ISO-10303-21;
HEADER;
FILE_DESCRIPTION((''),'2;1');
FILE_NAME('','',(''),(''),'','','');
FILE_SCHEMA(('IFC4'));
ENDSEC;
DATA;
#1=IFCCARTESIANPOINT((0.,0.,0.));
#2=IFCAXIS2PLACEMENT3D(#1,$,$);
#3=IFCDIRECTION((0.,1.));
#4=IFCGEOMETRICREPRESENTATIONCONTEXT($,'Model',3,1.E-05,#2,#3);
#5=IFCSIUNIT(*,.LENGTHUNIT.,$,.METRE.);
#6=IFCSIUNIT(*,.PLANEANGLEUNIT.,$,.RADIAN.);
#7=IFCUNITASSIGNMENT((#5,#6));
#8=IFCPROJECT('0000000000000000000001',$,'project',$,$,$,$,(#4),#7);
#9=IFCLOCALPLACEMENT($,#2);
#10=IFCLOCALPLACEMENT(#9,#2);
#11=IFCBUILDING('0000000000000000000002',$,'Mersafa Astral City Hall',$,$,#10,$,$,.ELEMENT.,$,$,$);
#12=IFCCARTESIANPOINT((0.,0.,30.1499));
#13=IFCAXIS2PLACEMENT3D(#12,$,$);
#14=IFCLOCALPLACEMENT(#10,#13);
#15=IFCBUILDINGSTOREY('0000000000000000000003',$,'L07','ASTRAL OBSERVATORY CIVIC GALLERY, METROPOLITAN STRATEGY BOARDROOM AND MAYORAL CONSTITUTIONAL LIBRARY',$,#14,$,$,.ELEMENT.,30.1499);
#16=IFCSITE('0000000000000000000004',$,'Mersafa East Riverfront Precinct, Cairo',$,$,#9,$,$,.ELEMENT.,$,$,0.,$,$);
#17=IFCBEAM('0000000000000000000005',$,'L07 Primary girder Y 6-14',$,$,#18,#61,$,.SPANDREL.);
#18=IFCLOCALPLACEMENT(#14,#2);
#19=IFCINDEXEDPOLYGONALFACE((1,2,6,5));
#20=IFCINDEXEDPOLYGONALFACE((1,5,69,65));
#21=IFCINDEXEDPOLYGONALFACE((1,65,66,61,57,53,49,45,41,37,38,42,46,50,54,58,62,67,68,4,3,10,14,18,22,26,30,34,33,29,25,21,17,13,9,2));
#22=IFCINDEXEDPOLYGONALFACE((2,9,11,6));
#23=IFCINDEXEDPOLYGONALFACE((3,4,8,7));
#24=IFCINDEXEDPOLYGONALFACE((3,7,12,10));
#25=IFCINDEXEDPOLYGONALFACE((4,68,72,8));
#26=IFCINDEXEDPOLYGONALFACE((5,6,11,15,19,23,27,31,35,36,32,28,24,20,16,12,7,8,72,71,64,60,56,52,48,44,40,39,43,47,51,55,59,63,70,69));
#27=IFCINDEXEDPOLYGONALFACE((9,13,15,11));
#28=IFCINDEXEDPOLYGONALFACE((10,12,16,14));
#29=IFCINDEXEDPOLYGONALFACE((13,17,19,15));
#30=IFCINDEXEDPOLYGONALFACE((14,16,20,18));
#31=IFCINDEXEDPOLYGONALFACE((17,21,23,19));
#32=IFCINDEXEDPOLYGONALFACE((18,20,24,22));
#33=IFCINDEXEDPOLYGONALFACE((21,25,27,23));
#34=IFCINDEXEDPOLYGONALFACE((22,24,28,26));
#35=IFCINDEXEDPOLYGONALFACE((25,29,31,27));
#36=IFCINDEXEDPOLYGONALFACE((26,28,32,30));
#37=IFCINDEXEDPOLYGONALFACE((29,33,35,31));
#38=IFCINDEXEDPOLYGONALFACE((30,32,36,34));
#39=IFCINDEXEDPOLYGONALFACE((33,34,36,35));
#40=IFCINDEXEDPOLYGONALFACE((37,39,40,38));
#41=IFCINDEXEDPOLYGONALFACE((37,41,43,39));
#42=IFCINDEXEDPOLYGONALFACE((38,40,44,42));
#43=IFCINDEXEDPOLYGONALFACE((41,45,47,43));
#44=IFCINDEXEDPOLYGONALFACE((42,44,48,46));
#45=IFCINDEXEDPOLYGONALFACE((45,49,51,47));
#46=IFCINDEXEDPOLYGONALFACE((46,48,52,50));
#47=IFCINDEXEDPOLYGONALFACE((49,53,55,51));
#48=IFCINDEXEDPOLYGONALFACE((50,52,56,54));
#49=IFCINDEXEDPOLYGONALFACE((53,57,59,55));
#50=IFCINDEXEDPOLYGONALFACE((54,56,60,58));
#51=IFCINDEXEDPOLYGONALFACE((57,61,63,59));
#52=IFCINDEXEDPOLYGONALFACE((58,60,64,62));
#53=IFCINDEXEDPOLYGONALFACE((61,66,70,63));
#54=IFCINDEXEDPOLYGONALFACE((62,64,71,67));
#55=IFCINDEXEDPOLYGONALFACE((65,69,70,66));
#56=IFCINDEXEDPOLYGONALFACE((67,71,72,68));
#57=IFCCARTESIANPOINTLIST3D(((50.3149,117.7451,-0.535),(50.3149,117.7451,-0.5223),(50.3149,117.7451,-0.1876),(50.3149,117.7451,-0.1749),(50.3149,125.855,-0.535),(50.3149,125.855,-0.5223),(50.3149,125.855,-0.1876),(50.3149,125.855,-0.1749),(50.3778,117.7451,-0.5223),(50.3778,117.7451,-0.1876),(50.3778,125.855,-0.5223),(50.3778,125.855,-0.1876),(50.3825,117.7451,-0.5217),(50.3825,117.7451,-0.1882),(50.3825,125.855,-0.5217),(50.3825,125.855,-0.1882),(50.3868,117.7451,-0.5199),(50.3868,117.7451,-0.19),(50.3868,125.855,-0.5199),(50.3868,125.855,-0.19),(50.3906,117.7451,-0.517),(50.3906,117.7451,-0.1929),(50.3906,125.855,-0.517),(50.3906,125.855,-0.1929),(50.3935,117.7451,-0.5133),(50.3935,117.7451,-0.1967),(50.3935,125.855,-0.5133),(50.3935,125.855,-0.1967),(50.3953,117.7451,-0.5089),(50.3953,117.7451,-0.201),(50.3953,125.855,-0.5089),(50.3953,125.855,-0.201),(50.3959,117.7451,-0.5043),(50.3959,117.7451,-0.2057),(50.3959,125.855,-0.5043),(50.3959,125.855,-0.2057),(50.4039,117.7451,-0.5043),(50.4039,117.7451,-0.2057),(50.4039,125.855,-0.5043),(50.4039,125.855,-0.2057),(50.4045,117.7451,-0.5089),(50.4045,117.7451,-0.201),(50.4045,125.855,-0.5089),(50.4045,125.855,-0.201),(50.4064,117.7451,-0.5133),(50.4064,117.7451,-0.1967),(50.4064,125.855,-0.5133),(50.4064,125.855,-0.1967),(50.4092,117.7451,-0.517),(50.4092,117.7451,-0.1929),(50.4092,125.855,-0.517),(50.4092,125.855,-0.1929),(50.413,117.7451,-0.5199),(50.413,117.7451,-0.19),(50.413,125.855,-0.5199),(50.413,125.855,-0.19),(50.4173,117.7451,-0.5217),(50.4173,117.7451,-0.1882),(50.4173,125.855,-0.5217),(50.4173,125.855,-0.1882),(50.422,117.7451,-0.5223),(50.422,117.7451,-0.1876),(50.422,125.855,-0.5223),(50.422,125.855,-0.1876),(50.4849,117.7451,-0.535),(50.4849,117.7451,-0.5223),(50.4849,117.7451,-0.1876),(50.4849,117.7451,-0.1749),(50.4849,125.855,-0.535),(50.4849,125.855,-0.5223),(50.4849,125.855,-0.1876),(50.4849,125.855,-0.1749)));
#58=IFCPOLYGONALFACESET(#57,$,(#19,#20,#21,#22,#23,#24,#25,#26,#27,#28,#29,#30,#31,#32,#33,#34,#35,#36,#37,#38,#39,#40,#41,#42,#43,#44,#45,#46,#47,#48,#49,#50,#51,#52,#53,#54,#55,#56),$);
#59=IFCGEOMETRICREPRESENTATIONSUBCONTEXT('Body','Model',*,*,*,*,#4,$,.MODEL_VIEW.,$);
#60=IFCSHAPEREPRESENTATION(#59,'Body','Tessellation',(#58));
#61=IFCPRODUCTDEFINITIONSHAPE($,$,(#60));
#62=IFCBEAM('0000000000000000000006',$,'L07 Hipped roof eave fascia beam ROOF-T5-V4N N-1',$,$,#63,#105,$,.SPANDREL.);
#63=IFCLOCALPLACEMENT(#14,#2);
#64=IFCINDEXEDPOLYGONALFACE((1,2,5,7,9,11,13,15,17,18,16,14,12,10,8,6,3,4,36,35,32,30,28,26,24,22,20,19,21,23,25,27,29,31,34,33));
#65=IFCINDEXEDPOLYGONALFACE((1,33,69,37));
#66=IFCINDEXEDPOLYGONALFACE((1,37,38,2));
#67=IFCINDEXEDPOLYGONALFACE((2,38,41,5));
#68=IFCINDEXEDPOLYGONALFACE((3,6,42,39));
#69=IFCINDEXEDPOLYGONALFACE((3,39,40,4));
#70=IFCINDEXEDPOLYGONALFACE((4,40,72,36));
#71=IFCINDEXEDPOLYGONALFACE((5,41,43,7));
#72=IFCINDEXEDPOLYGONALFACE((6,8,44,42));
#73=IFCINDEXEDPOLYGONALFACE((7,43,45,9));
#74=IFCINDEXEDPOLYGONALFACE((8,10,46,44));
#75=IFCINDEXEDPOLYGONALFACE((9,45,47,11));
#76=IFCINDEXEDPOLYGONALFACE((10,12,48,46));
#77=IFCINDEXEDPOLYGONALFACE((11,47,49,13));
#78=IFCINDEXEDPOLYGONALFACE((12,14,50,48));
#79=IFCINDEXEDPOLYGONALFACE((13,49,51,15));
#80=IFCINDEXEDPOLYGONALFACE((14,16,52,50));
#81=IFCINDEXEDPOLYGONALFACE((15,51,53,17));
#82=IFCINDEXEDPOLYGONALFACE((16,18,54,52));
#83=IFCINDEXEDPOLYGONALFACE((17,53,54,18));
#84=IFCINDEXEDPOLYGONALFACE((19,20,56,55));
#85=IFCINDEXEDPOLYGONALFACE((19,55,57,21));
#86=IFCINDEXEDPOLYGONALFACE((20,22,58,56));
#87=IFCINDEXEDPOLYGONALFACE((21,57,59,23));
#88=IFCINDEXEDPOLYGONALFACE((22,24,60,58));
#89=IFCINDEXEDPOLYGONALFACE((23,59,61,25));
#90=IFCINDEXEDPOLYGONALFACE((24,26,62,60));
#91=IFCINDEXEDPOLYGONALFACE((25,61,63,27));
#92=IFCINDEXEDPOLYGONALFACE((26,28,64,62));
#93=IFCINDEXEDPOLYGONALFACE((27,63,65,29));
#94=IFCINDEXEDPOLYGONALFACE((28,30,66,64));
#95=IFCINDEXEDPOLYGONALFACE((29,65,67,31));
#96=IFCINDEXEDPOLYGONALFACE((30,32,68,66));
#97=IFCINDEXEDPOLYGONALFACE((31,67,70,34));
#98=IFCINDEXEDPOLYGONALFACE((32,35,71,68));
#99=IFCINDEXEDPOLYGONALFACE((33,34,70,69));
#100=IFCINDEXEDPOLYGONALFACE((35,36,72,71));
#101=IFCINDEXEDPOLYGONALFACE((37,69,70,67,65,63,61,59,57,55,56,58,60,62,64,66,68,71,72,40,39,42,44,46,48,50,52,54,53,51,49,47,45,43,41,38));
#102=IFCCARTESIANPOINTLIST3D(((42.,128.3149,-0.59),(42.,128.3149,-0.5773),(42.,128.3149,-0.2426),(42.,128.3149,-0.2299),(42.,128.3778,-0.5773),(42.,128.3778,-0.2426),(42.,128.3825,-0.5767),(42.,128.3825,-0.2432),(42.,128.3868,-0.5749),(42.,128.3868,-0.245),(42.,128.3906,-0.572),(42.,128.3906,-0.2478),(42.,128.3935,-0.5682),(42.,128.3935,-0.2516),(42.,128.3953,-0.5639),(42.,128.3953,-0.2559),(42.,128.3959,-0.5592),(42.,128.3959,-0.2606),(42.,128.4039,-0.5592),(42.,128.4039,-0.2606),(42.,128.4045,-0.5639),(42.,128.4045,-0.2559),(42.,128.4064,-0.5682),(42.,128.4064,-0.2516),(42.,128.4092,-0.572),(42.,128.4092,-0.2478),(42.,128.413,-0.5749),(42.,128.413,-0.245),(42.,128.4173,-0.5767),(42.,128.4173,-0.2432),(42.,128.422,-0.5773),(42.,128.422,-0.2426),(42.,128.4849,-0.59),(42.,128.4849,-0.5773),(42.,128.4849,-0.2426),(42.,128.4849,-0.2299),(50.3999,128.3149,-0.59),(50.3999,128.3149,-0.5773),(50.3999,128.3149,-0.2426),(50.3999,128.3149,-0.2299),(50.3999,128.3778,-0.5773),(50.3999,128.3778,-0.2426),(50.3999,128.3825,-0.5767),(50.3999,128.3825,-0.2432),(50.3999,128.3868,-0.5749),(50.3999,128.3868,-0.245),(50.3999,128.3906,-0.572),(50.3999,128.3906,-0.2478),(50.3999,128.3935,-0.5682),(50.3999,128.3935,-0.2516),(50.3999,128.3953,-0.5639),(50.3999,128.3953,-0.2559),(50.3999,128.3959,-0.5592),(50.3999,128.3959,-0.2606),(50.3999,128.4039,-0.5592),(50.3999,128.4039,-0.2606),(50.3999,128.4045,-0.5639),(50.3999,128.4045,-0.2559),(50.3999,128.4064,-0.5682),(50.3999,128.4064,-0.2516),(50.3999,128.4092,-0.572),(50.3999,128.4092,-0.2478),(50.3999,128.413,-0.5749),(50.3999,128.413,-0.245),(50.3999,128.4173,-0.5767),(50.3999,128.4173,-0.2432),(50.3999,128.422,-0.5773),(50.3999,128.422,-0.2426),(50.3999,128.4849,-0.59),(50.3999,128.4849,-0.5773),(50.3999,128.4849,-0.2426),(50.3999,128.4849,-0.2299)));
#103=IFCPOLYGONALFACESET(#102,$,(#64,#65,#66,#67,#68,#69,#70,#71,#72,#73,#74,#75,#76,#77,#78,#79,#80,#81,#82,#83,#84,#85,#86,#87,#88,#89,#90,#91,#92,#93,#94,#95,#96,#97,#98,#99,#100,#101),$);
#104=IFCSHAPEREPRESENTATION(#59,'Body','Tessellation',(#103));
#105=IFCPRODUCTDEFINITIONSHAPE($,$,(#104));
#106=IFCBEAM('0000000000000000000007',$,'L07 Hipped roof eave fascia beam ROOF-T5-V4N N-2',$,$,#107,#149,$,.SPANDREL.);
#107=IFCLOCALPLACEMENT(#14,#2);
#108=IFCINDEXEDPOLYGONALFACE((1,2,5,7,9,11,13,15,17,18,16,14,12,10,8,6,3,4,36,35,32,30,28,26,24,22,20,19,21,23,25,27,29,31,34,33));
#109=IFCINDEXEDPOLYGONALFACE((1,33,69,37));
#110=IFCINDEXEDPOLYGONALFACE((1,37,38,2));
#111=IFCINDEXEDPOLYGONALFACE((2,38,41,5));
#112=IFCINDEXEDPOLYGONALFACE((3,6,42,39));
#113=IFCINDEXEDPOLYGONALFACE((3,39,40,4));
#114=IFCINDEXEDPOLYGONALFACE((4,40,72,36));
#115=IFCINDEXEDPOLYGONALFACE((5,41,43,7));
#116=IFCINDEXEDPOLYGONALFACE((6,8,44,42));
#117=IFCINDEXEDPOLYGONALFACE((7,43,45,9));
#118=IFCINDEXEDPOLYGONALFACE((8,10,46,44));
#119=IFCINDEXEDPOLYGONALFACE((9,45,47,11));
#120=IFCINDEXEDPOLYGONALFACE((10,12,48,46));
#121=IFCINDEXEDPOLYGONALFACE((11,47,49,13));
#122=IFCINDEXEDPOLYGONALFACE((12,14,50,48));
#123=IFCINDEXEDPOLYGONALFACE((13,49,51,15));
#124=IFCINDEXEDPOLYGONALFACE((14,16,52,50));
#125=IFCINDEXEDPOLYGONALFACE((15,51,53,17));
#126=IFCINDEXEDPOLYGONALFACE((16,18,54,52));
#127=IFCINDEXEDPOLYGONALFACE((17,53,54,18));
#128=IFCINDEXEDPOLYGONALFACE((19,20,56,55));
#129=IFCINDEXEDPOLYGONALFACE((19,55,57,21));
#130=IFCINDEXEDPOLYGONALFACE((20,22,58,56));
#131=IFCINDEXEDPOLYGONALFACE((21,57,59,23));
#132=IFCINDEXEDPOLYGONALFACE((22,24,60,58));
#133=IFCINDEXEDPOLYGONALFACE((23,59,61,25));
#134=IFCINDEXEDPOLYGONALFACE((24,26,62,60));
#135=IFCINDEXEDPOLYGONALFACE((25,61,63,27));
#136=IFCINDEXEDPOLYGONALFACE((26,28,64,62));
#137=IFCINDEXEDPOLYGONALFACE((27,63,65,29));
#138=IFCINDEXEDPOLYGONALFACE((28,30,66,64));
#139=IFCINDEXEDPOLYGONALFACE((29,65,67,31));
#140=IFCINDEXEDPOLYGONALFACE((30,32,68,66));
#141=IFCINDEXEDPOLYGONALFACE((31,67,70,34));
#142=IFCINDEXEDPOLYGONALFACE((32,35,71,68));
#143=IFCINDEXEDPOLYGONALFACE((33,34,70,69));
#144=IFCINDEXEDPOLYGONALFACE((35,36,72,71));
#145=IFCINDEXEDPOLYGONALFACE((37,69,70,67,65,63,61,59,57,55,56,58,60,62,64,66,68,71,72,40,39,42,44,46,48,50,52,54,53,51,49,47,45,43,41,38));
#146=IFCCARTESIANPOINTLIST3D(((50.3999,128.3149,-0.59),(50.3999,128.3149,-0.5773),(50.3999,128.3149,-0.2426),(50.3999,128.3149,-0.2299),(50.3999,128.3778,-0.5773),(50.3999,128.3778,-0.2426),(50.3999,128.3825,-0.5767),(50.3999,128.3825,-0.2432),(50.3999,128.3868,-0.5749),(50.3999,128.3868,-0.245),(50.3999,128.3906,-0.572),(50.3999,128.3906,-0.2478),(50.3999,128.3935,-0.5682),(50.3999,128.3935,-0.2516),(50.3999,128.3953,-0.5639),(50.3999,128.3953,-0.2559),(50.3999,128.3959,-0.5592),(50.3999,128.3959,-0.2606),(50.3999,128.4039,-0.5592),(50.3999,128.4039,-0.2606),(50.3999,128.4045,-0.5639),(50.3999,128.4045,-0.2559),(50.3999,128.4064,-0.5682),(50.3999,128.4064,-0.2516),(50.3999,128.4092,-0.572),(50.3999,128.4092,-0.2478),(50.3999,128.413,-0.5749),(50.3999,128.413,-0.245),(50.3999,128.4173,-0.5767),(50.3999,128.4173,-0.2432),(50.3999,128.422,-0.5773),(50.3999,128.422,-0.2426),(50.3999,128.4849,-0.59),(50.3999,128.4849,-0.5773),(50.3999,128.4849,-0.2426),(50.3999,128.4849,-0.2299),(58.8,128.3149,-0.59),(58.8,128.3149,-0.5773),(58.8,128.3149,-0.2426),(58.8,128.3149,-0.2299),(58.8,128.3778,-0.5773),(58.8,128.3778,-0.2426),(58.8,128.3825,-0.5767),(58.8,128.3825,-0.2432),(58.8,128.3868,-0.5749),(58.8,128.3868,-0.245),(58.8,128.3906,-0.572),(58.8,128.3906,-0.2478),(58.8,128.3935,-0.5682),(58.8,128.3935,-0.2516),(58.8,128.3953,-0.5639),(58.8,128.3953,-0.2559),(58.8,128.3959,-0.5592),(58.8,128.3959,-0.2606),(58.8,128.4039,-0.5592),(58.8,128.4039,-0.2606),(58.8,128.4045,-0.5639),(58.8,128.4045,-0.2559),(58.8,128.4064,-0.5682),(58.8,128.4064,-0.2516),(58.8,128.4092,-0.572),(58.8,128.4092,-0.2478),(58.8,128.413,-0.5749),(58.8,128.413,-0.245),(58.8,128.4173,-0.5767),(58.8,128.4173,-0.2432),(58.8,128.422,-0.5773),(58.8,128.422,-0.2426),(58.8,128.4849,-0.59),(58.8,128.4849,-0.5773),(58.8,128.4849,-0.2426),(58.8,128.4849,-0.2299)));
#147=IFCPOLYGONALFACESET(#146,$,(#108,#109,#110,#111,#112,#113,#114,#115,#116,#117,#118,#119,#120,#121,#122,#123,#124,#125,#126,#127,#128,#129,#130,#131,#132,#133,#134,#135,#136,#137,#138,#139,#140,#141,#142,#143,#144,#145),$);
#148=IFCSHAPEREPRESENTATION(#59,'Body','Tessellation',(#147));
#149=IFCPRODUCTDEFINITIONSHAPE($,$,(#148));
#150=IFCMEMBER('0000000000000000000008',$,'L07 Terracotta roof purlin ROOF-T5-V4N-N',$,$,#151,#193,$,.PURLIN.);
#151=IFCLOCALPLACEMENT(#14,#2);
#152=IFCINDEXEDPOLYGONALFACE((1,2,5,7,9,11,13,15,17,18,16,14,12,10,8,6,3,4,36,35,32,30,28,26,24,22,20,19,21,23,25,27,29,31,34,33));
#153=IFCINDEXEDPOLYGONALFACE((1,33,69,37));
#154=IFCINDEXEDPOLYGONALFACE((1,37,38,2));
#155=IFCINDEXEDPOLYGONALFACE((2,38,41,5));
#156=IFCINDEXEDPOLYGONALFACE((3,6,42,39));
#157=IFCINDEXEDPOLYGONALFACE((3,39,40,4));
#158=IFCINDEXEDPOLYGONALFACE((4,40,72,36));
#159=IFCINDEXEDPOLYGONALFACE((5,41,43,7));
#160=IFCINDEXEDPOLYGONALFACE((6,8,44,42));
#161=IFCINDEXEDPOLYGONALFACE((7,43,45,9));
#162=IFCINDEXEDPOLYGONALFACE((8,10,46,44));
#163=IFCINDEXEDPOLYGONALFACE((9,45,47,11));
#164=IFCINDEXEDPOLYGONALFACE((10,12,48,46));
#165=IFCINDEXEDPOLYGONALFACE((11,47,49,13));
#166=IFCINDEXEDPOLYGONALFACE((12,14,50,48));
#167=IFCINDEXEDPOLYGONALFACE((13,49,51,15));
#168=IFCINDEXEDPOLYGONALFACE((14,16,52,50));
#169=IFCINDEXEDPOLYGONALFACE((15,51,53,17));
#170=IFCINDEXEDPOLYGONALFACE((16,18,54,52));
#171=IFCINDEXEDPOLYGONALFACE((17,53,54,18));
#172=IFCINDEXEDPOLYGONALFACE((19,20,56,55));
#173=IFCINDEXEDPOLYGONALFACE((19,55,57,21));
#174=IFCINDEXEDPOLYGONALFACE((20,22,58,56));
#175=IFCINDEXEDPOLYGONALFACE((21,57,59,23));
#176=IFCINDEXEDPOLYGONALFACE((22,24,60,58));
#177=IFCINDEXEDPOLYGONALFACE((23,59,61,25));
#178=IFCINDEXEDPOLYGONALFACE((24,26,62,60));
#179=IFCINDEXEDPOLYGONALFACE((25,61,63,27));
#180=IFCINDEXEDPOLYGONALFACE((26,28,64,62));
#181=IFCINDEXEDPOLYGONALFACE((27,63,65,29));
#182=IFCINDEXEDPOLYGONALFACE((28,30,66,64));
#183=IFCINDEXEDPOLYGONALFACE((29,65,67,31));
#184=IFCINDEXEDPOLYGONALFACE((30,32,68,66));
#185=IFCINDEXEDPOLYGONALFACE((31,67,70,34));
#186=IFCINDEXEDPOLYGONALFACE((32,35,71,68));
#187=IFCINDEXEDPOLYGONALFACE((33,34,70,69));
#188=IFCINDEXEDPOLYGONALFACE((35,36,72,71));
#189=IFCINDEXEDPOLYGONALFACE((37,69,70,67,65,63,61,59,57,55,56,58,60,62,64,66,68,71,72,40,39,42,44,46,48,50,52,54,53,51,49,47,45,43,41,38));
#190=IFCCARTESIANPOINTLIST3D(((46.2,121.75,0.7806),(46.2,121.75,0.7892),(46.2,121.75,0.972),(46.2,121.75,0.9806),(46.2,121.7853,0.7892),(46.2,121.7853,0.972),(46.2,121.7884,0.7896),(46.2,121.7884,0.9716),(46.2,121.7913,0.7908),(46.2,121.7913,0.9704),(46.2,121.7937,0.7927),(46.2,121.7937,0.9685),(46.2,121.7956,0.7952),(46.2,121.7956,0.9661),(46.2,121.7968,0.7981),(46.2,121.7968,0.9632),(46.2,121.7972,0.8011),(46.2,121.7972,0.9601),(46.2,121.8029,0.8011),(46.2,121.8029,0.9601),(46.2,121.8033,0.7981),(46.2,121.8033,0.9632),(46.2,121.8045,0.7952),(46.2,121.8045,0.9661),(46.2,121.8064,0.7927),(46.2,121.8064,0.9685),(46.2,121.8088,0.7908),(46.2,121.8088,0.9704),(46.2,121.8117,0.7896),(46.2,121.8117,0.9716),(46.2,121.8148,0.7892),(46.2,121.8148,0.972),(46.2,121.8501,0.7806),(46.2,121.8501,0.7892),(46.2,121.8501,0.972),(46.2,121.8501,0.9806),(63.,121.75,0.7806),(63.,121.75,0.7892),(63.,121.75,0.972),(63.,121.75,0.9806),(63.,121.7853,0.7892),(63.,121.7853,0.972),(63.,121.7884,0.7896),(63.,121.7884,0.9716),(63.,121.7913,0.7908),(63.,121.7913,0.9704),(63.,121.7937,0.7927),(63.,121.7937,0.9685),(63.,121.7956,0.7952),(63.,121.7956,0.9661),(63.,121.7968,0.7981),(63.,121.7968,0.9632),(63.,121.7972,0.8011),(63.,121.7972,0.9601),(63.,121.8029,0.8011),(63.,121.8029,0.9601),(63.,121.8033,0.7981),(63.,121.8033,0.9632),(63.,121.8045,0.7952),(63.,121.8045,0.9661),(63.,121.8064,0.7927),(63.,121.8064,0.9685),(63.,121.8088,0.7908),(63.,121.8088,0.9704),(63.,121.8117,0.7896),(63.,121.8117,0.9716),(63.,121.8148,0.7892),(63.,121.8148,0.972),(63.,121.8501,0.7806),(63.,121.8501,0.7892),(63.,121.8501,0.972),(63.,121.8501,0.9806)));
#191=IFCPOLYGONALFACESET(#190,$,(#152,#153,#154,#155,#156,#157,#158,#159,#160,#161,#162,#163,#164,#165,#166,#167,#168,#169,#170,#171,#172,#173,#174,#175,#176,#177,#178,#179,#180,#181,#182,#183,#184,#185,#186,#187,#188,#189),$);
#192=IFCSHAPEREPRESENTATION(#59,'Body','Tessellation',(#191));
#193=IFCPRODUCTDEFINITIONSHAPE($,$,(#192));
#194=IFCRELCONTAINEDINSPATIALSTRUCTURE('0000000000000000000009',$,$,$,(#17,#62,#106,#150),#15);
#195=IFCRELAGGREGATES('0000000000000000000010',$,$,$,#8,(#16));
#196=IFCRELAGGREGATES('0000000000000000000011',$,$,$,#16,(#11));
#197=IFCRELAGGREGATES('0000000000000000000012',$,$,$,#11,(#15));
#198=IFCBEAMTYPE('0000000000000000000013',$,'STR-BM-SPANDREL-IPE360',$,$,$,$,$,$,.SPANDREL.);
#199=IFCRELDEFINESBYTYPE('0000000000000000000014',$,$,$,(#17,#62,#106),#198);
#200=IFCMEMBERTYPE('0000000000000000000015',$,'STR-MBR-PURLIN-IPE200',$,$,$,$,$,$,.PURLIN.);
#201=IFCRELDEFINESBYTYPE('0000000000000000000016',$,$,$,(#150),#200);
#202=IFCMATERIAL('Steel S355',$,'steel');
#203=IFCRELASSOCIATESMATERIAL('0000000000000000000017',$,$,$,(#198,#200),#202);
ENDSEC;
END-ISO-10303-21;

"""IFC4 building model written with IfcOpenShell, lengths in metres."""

from ifc_helpers import new_model, si_unit, direction, frame, origin, origin_2d, place, context, subcontext, project, spatial, i_section, extrude, material, material_profile, profile_set, type_object, element, save


model = new_model("IFC4")

# Units and contexts
model_context = context("Model", 3, precision=1e-05, world=origin(), true_north=direction((0.0, 1.0)))
body_context = subcontext(model_context, "Body", "Model", "MODEL_VIEW")
ifc_project = project(units=[si_unit("LENGTHUNIT", "METRE"), si_unit("PLANEANGLEUNIT", "RADIAN")], contexts=[model_context])

# Site, building, storey
site_placement = place(None, origin())
site = spatial("IfcSite", under=ifc_project, at=site_placement, Name="Mersafa East Riverfront Precinct, Cairo", CompositionType="ELEMENT", RefElevation=0.0)
building_placement = place(site_placement, origin())
building = spatial("IfcBuilding", under=site, at=building_placement, Name="Mersafa Astral City Hall", CompositionType="ELEMENT")
storey_placement = place(building_placement, frame((0.0, 0.0, 30.1499)))
storey = spatial("IfcBuildingStorey", under=building, at=storey_placement, Name="L07", Description="ASTRAL OBSERVATORY CIVIC GALLERY, METROPOLITAN STRATEGY BOARDROOM AND MAYORAL CONSTITUTIONAL LIBRARY", CompositionType="ELEMENT", Elevation=30.1499)

# Shared definitions
ifc_material_1 = material(Name="Steel S355", Category="steel")

# Beams
ifc_material_profile_1 = material_profile(ifc_material_1, i_section(OverallWidth=0.1699, OverallDepth=0.3601, WebThickness=0.0081, FlangeThickness=0.0127, FilletRadius=0.0181, at=origin_2d()), Name="IPE 360")
ifc_profile_set_1 = profile_set([ifc_material_profile_1], Name="Steel S355")
beam_type_1 = type_object("IfcBeamType", Name="STR-BM-SPANDREL-IPE360", PredefinedType="SPANDREL", material=ifc_profile_set_1)
beam_1_placement = place(storey_placement, frame((50.3999, 117.7451, -0.355), z_axis=(0.0, 1.0, 0.0), x_axis=(-1.0, 0.0, 0.0)))
element("IfcBeam", 1, at=beam_1_placement, inside=storey, type_object=beam_type_1, Name="L07 Primary girder Y 6-14", PredefinedType="SPANDREL", context=body_context, shape_type="SweptSolid", body=[
    extrude(i_section(OverallWidth=0.1699, OverallDepth=0.3601, WebThickness=0.0081, FlangeThickness=0.0127, FilletRadius=0.0181, at=origin_2d()), origin(), (0.0, 0.0, 1.0), 8.1099),
])
beam_2_placement = place(storey_placement, frame((42.0, 128.3999, -0.4099), z_axis=(1.0, 0.0, 0.0), x_axis=(0.0, 1.0, 0.0)))
element("IfcBeam", 2, at=beam_2_placement, inside=storey, type_object=beam_type_1, Name="L07 Hipped roof eave fascia beam ROOF-T5-V4N N-1", PredefinedType="SPANDREL", context=body_context, shape_type="SweptSolid", body=[
    extrude(i_section(OverallWidth=0.1699, OverallDepth=0.3601, WebThickness=0.0081, FlangeThickness=0.0127, FilletRadius=0.0181, at=origin_2d()), origin(), (0.0, 0.0, 1.0), 8.3999),
])
beam_3_placement = place(storey_placement, frame((50.3999, 128.3999, -0.4099), z_axis=(1.0, 0.0, 0.0), x_axis=(0.0, 1.0, 0.0)))
element("IfcBeam", 3, at=beam_3_placement, inside=storey, type_object=beam_type_1, Name="L07 Hipped roof eave fascia beam ROOF-T5-V4N N-2", PredefinedType="SPANDREL", context=body_context, shape_type="SweptSolid", body=[
    extrude(i_section(OverallWidth=0.1699, OverallDepth=0.3601, WebThickness=0.0081, FlangeThickness=0.0127, FilletRadius=0.0181, at=origin_2d()), origin(), (0.0, 0.0, 1.0), 8.4001),
])

# Member
ifc_material_profile_2 = material_profile(ifc_material_1, i_section(OverallWidth=0.1001, OverallDepth=0.2, WebThickness=0.0056, FlangeThickness=0.0085, FilletRadius=0.012, at=origin_2d()), Name="IPE 200")
ifc_profile_set_2 = profile_set([ifc_material_profile_2], Name="Steel S355")
member_type_1 = type_object("IfcMemberType", Name="STR-MBR-PURLIN-IPE200", PredefinedType="PURLIN", material=ifc_profile_set_2)
member_1_placement = place(storey_placement, frame((46.2, 121.8, 0.8806), z_axis=(1.0, 0.0, 0.0), x_axis=(0.0, 1.0, 0.0)))
element("IfcMember", 4, at=member_1_placement, inside=storey, type_object=member_type_1, Name="L07 Terracotta roof purlin ROOF-T5-V4N-N", PredefinedType="PURLIN", context=body_context, shape_type="SweptSolid", body=[
    extrude(i_section(OverallWidth=0.1001, OverallDepth=0.2, WebThickness=0.0056, FlangeThickness=0.0085, FilletRadius=0.012, at=origin_2d()), origin(), (0.0, 0.0, 1.0), 16.8),
])

save(model, "model.ifc")
